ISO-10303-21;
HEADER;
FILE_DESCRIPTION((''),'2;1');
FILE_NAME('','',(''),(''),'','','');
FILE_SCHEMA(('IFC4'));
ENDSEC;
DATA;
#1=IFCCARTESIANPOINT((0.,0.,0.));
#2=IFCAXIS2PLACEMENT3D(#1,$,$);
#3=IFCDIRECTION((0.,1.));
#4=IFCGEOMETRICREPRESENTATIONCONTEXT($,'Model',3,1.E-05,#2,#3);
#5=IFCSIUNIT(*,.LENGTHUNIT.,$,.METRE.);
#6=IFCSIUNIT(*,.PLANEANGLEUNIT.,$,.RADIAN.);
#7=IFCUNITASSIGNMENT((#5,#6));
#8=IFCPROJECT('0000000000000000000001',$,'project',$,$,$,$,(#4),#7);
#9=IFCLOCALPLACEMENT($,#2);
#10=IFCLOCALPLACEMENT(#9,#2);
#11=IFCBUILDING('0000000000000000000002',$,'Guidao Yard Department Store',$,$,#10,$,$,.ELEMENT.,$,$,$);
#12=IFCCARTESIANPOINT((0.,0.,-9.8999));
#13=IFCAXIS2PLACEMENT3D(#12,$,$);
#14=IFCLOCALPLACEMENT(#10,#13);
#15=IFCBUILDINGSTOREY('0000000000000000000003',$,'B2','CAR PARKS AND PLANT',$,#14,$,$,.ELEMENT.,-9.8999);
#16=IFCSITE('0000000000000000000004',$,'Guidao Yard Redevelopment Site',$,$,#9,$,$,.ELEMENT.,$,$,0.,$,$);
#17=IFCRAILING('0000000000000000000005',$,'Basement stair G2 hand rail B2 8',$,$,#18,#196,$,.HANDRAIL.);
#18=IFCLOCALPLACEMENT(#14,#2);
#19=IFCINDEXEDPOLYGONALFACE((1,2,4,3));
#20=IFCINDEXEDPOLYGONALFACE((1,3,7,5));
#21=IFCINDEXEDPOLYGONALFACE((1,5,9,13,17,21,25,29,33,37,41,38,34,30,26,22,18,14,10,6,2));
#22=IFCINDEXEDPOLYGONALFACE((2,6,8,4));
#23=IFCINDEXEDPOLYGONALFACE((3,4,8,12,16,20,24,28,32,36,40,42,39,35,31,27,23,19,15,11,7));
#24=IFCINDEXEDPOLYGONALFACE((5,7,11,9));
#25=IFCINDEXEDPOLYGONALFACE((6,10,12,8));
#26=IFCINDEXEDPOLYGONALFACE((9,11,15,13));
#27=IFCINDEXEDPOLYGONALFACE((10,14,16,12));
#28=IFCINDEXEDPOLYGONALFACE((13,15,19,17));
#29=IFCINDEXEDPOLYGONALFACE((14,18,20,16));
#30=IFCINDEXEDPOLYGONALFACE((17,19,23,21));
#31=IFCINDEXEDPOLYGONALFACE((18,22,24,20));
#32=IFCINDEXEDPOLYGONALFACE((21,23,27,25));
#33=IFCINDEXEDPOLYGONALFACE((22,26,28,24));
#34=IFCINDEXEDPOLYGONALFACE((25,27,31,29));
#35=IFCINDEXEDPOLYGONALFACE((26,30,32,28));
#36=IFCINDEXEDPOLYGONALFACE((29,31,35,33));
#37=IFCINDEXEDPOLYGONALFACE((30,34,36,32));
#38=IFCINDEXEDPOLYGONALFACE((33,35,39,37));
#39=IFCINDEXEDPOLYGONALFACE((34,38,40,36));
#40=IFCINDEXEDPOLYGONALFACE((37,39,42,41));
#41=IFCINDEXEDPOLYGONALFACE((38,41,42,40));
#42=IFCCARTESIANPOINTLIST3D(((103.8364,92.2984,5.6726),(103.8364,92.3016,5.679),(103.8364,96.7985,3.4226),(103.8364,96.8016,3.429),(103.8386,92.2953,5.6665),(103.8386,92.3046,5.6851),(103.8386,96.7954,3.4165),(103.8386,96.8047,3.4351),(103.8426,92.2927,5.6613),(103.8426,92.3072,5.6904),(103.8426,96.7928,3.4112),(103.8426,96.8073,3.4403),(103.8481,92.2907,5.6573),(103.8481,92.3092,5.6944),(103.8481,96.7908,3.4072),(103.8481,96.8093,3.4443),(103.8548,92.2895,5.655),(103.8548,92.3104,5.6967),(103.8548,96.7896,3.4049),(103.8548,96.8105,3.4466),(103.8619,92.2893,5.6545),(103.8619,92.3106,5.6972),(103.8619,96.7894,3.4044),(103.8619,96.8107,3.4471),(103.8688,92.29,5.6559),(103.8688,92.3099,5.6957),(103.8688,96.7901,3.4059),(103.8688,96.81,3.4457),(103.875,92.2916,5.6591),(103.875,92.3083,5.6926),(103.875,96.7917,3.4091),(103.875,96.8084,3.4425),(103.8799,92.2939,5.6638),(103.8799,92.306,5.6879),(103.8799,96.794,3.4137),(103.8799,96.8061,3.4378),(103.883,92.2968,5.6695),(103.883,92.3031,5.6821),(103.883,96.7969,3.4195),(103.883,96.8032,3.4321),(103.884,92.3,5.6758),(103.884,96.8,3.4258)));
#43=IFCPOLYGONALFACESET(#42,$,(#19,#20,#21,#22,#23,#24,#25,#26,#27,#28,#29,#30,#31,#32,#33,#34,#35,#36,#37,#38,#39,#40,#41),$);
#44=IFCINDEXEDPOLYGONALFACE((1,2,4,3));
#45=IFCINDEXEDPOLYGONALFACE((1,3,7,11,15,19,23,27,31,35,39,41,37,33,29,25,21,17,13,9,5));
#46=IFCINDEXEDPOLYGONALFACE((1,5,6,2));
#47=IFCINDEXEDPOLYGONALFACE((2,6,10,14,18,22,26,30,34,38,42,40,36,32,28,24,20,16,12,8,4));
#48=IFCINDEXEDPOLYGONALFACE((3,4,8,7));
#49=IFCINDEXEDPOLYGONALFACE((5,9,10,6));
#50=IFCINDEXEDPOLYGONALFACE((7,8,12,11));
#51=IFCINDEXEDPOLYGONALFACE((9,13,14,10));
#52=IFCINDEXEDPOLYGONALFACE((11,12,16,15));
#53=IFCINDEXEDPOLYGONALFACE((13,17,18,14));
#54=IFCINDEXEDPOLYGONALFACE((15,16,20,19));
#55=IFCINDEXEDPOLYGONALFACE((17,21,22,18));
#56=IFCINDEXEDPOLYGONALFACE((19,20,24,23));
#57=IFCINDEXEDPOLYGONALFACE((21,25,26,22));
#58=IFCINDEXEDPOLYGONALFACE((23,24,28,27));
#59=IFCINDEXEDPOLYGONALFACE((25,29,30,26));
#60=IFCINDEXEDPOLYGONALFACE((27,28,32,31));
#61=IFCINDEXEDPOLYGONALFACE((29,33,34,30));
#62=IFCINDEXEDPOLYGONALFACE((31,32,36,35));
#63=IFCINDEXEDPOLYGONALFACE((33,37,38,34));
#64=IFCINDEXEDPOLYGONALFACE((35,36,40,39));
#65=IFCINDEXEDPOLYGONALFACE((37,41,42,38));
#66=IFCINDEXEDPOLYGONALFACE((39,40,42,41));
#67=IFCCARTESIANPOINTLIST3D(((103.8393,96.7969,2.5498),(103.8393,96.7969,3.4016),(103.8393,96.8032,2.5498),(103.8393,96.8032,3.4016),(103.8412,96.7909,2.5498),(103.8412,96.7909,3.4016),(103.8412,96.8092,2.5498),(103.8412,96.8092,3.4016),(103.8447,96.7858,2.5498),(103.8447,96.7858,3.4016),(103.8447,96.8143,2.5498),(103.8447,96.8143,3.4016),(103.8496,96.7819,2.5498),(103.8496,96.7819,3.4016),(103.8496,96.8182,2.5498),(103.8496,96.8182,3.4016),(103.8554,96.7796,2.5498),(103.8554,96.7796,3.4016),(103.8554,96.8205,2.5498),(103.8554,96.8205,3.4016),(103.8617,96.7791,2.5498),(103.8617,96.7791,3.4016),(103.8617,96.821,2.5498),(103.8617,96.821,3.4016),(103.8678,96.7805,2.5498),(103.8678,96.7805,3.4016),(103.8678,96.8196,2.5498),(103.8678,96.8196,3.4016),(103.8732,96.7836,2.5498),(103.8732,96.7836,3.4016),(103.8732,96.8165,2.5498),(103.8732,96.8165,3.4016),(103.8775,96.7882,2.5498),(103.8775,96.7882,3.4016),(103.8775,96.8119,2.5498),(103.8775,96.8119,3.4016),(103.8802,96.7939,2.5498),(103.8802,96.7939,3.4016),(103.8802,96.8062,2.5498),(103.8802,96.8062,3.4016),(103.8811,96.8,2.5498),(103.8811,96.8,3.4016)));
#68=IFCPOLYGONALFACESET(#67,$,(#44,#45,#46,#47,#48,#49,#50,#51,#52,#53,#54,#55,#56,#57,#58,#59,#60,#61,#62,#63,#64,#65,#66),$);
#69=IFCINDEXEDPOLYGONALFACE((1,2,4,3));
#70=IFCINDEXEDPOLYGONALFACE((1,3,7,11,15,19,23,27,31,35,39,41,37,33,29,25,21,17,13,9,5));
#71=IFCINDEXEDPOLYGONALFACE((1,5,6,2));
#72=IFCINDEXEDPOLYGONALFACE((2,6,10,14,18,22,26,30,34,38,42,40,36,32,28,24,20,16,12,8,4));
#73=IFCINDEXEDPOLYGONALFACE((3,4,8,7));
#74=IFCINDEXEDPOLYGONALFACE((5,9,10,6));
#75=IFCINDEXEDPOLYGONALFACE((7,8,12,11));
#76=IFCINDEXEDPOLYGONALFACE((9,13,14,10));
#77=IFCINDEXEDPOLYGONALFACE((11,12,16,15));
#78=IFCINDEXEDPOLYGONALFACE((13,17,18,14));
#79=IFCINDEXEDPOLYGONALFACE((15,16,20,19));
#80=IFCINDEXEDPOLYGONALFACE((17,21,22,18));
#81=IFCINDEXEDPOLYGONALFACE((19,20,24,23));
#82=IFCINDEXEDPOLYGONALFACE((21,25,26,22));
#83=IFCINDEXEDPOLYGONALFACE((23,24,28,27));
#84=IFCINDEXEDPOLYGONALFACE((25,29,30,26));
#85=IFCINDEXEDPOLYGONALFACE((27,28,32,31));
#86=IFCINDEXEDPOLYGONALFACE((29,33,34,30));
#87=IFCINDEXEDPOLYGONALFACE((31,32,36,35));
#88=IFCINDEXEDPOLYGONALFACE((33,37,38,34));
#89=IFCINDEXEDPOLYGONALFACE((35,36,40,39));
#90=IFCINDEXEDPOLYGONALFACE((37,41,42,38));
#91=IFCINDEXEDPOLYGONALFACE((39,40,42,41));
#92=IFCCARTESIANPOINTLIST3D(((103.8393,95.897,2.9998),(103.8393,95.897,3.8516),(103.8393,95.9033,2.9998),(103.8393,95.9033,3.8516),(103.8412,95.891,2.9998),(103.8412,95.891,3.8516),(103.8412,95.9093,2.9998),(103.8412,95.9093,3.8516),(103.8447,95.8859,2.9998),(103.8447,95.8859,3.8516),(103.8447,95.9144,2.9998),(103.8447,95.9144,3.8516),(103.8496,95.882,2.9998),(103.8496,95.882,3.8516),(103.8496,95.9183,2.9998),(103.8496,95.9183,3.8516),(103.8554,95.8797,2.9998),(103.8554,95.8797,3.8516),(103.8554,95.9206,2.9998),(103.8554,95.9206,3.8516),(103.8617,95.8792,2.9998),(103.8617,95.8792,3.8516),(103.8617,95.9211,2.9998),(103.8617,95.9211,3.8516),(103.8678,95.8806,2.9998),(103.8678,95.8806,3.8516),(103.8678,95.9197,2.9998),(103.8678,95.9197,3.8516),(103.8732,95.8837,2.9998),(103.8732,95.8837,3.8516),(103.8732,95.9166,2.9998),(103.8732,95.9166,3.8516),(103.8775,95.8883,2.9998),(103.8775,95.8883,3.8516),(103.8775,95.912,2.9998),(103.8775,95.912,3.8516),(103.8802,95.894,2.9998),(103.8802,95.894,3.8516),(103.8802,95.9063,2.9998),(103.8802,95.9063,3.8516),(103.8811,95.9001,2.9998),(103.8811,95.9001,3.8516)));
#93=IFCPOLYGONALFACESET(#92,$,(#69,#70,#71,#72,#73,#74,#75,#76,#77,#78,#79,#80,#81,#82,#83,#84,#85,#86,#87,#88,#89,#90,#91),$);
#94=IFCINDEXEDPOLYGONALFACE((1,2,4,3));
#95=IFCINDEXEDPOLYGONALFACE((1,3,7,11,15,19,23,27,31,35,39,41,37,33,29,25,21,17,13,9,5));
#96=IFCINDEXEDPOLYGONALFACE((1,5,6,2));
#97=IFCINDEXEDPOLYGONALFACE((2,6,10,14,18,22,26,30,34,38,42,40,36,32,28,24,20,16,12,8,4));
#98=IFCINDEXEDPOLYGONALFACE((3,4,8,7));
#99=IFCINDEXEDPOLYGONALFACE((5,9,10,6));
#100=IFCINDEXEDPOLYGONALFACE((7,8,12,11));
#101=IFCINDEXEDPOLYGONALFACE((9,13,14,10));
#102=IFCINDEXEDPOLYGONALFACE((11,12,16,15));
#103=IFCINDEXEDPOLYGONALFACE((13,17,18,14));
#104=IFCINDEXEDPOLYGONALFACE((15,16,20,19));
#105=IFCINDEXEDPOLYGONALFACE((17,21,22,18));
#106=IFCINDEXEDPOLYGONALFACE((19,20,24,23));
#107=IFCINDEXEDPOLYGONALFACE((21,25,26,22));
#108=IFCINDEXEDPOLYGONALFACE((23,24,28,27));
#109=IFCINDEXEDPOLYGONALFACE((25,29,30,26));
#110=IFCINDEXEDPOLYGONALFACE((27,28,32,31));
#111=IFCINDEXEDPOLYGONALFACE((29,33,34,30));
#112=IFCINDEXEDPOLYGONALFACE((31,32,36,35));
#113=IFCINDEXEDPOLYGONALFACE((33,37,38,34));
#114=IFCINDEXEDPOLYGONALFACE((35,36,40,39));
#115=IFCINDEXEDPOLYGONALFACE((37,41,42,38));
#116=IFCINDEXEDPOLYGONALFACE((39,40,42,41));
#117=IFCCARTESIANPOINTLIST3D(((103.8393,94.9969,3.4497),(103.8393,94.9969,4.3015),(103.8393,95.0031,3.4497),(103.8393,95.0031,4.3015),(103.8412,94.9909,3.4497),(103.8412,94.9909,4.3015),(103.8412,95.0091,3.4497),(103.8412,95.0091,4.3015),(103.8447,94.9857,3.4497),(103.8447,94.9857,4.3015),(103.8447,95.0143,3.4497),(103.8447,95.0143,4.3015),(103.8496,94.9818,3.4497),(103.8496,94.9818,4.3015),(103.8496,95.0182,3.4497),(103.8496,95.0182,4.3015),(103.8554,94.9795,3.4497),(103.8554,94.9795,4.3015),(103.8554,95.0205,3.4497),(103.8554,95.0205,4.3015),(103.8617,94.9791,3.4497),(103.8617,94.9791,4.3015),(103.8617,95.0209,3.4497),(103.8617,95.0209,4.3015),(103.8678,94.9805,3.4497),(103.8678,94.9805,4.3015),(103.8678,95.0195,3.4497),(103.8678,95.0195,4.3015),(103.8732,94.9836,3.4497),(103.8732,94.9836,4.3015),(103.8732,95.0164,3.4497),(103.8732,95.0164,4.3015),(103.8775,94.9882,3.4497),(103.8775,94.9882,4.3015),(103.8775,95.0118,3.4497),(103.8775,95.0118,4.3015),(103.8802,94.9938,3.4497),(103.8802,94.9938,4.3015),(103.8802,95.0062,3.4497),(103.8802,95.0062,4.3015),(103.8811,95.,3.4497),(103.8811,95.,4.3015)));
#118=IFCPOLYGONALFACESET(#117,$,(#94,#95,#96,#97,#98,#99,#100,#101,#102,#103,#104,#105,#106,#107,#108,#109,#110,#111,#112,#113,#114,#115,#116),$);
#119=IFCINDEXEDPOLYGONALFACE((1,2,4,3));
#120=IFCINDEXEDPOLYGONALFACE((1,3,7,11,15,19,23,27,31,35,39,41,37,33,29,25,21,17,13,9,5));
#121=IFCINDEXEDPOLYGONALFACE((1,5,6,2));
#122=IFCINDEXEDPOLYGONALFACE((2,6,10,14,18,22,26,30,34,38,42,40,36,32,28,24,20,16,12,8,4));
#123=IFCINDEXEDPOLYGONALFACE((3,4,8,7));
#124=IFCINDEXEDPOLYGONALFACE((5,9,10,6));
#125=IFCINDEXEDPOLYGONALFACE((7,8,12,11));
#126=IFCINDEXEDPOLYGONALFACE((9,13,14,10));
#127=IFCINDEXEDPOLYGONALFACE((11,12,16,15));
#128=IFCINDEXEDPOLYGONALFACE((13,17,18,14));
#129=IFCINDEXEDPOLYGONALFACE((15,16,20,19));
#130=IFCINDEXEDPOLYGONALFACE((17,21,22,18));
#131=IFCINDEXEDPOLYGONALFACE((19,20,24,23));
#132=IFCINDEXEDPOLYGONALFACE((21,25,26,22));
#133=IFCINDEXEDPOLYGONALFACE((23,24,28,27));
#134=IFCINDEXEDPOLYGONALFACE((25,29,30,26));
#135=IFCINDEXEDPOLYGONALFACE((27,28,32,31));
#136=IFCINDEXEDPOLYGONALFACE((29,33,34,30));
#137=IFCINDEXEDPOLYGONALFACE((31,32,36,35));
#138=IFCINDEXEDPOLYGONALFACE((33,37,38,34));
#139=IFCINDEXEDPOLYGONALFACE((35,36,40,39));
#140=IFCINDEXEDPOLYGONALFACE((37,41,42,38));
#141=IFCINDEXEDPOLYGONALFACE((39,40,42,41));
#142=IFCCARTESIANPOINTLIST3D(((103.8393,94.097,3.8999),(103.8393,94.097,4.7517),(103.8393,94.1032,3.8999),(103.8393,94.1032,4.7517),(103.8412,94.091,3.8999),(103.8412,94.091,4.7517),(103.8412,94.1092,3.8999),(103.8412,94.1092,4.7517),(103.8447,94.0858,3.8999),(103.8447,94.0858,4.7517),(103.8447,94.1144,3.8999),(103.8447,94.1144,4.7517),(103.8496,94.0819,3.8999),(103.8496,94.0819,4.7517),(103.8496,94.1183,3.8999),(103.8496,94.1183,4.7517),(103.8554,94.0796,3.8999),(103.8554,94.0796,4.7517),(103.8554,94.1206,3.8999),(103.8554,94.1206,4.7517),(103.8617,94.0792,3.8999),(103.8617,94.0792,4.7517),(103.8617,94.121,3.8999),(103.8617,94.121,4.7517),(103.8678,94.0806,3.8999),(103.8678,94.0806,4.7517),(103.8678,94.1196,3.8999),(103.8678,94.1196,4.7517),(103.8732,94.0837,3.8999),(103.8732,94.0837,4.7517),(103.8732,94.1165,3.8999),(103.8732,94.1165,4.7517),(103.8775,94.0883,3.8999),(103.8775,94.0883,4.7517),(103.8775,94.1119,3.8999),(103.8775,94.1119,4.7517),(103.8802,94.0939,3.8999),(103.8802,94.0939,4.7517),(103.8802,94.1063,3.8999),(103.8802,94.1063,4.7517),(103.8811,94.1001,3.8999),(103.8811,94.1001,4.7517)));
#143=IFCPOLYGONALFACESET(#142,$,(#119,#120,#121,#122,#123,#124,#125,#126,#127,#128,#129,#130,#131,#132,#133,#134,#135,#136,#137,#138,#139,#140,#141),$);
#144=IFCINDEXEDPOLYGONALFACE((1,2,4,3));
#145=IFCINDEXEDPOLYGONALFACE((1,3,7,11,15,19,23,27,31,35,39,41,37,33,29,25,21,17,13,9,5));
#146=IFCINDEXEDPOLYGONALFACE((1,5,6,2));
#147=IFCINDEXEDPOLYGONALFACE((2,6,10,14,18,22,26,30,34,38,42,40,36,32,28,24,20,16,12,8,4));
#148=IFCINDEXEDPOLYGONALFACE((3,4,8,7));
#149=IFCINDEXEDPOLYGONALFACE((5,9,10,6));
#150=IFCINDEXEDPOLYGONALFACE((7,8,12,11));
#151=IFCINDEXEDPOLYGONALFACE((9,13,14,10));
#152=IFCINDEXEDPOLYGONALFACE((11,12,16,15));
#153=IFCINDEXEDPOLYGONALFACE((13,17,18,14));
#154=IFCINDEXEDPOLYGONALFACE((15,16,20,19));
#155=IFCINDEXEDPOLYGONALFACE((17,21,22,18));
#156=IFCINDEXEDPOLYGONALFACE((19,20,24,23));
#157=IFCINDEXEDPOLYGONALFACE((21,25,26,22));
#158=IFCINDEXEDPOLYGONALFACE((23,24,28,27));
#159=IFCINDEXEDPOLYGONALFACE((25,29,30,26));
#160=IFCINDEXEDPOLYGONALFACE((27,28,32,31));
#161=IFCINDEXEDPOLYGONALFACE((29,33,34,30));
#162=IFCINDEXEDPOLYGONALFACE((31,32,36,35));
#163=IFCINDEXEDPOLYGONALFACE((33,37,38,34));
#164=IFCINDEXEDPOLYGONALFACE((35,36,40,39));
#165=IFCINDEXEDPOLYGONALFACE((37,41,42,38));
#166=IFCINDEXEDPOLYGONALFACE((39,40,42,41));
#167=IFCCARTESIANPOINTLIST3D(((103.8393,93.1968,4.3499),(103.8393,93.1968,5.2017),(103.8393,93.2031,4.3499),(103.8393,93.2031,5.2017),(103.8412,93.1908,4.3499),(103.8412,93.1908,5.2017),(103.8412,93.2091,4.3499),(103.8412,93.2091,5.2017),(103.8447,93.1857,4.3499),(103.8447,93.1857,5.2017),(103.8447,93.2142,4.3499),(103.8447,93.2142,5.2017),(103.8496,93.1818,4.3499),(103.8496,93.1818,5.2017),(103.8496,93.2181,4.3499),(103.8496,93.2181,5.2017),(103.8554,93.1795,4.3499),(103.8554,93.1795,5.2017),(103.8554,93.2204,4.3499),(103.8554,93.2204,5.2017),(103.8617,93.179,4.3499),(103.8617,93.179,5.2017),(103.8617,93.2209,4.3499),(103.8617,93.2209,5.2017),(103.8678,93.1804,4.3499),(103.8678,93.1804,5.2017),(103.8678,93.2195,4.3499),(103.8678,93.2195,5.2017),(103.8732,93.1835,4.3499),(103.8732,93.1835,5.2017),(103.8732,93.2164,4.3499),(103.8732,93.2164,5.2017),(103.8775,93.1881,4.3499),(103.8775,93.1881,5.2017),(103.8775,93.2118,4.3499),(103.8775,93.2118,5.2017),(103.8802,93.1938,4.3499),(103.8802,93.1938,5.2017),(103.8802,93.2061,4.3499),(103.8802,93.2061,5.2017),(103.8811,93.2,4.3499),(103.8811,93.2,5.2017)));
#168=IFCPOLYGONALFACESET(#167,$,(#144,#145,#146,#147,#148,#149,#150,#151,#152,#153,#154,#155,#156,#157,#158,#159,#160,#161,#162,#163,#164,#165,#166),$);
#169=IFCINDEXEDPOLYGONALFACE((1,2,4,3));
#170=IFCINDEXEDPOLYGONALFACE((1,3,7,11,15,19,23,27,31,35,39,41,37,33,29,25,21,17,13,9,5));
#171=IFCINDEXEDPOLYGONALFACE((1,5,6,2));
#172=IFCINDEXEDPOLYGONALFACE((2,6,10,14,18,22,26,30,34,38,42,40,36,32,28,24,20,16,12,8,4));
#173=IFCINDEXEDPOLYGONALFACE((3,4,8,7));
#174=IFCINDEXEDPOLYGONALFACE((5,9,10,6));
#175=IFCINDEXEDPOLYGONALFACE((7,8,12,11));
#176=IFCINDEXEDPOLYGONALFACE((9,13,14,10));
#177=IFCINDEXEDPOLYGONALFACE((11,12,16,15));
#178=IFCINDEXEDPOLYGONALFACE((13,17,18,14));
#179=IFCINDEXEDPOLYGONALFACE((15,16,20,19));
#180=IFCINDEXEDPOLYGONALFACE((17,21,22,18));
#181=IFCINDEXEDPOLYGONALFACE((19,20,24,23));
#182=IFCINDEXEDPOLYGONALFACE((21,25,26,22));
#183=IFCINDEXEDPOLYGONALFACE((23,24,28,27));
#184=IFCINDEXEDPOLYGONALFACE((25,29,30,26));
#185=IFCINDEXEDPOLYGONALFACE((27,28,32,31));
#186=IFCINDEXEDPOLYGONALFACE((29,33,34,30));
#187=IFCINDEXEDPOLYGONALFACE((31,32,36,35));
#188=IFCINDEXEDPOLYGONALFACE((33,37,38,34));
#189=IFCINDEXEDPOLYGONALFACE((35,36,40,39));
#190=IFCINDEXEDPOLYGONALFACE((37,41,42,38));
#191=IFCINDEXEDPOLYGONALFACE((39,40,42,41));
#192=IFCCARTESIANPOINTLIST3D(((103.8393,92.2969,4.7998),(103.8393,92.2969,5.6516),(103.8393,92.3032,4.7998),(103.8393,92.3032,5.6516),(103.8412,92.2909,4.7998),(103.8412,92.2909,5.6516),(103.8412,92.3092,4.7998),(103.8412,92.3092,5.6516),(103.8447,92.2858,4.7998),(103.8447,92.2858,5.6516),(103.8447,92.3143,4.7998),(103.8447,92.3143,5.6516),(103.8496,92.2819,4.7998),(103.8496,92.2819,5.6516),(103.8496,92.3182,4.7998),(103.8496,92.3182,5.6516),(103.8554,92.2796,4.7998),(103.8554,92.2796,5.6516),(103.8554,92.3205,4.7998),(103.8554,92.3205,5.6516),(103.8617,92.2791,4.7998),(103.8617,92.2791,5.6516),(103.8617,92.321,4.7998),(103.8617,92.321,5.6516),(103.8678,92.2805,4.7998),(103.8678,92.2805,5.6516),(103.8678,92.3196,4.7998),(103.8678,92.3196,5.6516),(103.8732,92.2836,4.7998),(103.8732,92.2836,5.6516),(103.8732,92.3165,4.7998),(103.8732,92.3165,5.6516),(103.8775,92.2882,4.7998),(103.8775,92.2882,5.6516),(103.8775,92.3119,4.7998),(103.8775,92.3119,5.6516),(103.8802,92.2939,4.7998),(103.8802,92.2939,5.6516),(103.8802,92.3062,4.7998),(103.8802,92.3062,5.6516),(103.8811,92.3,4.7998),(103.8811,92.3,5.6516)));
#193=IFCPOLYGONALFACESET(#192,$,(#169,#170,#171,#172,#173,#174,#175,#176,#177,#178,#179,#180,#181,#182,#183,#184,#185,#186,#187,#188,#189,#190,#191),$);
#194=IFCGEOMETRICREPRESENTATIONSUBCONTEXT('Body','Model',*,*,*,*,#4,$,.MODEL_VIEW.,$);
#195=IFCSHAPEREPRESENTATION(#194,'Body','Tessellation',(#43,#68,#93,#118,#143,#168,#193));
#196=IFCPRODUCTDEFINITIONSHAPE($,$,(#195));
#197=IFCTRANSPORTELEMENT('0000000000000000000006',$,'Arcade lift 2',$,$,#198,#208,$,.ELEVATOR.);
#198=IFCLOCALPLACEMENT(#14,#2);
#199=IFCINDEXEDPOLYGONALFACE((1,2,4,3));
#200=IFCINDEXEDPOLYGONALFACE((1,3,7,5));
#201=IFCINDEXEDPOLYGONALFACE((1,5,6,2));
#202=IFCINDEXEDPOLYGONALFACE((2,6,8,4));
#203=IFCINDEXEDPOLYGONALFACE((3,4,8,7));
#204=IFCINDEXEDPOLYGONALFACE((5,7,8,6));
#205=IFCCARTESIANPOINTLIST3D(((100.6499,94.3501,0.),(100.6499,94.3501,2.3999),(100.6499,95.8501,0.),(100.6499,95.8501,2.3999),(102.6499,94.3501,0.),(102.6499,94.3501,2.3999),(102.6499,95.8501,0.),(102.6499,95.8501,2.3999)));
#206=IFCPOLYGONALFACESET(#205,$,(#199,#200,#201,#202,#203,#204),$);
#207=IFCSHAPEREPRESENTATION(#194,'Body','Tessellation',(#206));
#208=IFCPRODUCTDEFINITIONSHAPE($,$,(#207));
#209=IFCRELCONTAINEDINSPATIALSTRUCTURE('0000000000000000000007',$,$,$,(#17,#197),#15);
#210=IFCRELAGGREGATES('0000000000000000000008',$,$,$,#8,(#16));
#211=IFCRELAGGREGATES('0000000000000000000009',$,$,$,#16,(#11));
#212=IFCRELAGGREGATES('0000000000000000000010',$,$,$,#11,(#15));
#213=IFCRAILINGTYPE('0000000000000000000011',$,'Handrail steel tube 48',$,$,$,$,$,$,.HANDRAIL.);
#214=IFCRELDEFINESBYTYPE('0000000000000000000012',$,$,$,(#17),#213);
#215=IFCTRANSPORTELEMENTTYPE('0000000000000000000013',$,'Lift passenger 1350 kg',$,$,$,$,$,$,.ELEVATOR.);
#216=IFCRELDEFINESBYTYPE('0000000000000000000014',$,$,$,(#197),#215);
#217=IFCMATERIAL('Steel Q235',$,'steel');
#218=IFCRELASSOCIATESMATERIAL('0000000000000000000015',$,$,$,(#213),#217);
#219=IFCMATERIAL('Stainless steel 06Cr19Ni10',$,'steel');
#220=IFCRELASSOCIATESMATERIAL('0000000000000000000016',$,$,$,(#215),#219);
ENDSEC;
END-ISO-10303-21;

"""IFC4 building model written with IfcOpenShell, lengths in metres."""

from ifc_helpers import new_model, si_unit, direction, frame, origin, origin_2d, place, context, subcontext, project, spatial, rectangle, circle, extrude, material, type_object, element, save


model = new_model("IFC4")

# Units and contexts
model_context = context("Model", 3, precision=1e-05, world=origin(), true_north=direction((0.0, 1.0)))
body_context = subcontext(model_context, "Body", "Model", "MODEL_VIEW")
ifc_project = project(units=[si_unit("LENGTHUNIT", "METRE"), si_unit("PLANEANGLEUNIT", "RADIAN")], contexts=[model_context])

# Site, building, storey
site_placement = place(None, origin())
site = spatial("IfcSite", under=ifc_project, at=site_placement, Name="Guidao Yard Redevelopment Site", CompositionType="ELEMENT", RefElevation=0.0)
building_placement = place(site_placement, origin())
building = spatial("IfcBuilding", under=site, at=building_placement, Name="Guidao Yard Department Store", CompositionType="ELEMENT")
storey_placement = place(building_placement, frame((0.0, 0.0, -9.8999)))
storey = spatial("IfcBuildingStorey", under=building, at=storey_placement, Name="B2", Description="CAR PARKS AND PLANT", CompositionType="ELEMENT", Elevation=-9.8999)

# Railing
ifc_material_1 = material(Name="Steel Q235", Category="steel")
railing_type_1 = type_object("IfcRailingType", Name="Handrail steel tube 48", PredefinedType="HANDRAIL", material=ifc_material_1)
railing_1_placement = place(storey_placement, frame((103.8601, 96.8, 2.5498)))
element("IfcRailing", 1, at=railing_1_placement, inside=storey, type_object=railing_type_1, Name="Basement stair G2 hand rail B2 8", PredefinedType="HANDRAIL", context=body_context, shape_type="SweptSolid", body=[
    extrude(circle(Radius=0.0239, at=origin_2d()), frame((0.0, 0.0, 0.876), z_axis=(0.0, -0.894427, 0.447214), x_axis=(1.0, 0.0, 0.0)), (0.0, 0.0, 1.0), 5.0312),
    extrude(circle(Radius=0.021, at=origin_2d()), origin(), (0.0, 0.0, 1.0), 0.8518),
    extrude(circle(Radius=0.021, at=origin_2d()), frame((0.0, -0.8999, 0.45)), (0.0, 0.0, 1.0), 0.8518),
    extrude(circle(Radius=0.021, at=origin_2d()), frame((0.0, -1.8, 0.8999)), (0.0, 0.0, 1.0), 0.8518),
    extrude(circle(Radius=0.021, at=origin_2d()), frame((0.0, -2.7, 1.3501)), (0.0, 0.0, 1.0), 0.8518),
    extrude(circle(Radius=0.021, at=origin_2d()), frame((0.0, -3.6001, 1.8)), (0.0, 0.0, 1.0), 0.8518),
    extrude(circle(Radius=0.021, at=origin_2d()), frame((0.0, -4.5, 2.25)), (0.0, 0.0, 1.0), 0.8518),
])

# Transport element
ifc_material_2 = material(Name="Stainless steel 06Cr19Ni10", Category="steel")
transport_element_type = type_object("IfcTransportElementType", Name="Lift passenger 1350 kg", PredefinedType="ELEVATOR", material=ifc_material_2)
transport_element_placement = place(storey_placement, frame((101.6499, 95.1001, 0.0), z_axis=(0.0, 0.0, 1.0), x_axis=(1.0, 0.0, 0.0)))
element("IfcTransportElement", 2, at=transport_element_placement, inside=storey, type_object=transport_element_type, Name="Arcade lift 2", PredefinedType="ELEVATOR", context=body_context, shape_type="SweptSolid", body=[
    extrude(rectangle(XDim=2.0, YDim=1.5, at=origin_2d()), origin(), (0.0, 0.0, 1.0), 2.3999),
])

save(model, "model.ifc")
